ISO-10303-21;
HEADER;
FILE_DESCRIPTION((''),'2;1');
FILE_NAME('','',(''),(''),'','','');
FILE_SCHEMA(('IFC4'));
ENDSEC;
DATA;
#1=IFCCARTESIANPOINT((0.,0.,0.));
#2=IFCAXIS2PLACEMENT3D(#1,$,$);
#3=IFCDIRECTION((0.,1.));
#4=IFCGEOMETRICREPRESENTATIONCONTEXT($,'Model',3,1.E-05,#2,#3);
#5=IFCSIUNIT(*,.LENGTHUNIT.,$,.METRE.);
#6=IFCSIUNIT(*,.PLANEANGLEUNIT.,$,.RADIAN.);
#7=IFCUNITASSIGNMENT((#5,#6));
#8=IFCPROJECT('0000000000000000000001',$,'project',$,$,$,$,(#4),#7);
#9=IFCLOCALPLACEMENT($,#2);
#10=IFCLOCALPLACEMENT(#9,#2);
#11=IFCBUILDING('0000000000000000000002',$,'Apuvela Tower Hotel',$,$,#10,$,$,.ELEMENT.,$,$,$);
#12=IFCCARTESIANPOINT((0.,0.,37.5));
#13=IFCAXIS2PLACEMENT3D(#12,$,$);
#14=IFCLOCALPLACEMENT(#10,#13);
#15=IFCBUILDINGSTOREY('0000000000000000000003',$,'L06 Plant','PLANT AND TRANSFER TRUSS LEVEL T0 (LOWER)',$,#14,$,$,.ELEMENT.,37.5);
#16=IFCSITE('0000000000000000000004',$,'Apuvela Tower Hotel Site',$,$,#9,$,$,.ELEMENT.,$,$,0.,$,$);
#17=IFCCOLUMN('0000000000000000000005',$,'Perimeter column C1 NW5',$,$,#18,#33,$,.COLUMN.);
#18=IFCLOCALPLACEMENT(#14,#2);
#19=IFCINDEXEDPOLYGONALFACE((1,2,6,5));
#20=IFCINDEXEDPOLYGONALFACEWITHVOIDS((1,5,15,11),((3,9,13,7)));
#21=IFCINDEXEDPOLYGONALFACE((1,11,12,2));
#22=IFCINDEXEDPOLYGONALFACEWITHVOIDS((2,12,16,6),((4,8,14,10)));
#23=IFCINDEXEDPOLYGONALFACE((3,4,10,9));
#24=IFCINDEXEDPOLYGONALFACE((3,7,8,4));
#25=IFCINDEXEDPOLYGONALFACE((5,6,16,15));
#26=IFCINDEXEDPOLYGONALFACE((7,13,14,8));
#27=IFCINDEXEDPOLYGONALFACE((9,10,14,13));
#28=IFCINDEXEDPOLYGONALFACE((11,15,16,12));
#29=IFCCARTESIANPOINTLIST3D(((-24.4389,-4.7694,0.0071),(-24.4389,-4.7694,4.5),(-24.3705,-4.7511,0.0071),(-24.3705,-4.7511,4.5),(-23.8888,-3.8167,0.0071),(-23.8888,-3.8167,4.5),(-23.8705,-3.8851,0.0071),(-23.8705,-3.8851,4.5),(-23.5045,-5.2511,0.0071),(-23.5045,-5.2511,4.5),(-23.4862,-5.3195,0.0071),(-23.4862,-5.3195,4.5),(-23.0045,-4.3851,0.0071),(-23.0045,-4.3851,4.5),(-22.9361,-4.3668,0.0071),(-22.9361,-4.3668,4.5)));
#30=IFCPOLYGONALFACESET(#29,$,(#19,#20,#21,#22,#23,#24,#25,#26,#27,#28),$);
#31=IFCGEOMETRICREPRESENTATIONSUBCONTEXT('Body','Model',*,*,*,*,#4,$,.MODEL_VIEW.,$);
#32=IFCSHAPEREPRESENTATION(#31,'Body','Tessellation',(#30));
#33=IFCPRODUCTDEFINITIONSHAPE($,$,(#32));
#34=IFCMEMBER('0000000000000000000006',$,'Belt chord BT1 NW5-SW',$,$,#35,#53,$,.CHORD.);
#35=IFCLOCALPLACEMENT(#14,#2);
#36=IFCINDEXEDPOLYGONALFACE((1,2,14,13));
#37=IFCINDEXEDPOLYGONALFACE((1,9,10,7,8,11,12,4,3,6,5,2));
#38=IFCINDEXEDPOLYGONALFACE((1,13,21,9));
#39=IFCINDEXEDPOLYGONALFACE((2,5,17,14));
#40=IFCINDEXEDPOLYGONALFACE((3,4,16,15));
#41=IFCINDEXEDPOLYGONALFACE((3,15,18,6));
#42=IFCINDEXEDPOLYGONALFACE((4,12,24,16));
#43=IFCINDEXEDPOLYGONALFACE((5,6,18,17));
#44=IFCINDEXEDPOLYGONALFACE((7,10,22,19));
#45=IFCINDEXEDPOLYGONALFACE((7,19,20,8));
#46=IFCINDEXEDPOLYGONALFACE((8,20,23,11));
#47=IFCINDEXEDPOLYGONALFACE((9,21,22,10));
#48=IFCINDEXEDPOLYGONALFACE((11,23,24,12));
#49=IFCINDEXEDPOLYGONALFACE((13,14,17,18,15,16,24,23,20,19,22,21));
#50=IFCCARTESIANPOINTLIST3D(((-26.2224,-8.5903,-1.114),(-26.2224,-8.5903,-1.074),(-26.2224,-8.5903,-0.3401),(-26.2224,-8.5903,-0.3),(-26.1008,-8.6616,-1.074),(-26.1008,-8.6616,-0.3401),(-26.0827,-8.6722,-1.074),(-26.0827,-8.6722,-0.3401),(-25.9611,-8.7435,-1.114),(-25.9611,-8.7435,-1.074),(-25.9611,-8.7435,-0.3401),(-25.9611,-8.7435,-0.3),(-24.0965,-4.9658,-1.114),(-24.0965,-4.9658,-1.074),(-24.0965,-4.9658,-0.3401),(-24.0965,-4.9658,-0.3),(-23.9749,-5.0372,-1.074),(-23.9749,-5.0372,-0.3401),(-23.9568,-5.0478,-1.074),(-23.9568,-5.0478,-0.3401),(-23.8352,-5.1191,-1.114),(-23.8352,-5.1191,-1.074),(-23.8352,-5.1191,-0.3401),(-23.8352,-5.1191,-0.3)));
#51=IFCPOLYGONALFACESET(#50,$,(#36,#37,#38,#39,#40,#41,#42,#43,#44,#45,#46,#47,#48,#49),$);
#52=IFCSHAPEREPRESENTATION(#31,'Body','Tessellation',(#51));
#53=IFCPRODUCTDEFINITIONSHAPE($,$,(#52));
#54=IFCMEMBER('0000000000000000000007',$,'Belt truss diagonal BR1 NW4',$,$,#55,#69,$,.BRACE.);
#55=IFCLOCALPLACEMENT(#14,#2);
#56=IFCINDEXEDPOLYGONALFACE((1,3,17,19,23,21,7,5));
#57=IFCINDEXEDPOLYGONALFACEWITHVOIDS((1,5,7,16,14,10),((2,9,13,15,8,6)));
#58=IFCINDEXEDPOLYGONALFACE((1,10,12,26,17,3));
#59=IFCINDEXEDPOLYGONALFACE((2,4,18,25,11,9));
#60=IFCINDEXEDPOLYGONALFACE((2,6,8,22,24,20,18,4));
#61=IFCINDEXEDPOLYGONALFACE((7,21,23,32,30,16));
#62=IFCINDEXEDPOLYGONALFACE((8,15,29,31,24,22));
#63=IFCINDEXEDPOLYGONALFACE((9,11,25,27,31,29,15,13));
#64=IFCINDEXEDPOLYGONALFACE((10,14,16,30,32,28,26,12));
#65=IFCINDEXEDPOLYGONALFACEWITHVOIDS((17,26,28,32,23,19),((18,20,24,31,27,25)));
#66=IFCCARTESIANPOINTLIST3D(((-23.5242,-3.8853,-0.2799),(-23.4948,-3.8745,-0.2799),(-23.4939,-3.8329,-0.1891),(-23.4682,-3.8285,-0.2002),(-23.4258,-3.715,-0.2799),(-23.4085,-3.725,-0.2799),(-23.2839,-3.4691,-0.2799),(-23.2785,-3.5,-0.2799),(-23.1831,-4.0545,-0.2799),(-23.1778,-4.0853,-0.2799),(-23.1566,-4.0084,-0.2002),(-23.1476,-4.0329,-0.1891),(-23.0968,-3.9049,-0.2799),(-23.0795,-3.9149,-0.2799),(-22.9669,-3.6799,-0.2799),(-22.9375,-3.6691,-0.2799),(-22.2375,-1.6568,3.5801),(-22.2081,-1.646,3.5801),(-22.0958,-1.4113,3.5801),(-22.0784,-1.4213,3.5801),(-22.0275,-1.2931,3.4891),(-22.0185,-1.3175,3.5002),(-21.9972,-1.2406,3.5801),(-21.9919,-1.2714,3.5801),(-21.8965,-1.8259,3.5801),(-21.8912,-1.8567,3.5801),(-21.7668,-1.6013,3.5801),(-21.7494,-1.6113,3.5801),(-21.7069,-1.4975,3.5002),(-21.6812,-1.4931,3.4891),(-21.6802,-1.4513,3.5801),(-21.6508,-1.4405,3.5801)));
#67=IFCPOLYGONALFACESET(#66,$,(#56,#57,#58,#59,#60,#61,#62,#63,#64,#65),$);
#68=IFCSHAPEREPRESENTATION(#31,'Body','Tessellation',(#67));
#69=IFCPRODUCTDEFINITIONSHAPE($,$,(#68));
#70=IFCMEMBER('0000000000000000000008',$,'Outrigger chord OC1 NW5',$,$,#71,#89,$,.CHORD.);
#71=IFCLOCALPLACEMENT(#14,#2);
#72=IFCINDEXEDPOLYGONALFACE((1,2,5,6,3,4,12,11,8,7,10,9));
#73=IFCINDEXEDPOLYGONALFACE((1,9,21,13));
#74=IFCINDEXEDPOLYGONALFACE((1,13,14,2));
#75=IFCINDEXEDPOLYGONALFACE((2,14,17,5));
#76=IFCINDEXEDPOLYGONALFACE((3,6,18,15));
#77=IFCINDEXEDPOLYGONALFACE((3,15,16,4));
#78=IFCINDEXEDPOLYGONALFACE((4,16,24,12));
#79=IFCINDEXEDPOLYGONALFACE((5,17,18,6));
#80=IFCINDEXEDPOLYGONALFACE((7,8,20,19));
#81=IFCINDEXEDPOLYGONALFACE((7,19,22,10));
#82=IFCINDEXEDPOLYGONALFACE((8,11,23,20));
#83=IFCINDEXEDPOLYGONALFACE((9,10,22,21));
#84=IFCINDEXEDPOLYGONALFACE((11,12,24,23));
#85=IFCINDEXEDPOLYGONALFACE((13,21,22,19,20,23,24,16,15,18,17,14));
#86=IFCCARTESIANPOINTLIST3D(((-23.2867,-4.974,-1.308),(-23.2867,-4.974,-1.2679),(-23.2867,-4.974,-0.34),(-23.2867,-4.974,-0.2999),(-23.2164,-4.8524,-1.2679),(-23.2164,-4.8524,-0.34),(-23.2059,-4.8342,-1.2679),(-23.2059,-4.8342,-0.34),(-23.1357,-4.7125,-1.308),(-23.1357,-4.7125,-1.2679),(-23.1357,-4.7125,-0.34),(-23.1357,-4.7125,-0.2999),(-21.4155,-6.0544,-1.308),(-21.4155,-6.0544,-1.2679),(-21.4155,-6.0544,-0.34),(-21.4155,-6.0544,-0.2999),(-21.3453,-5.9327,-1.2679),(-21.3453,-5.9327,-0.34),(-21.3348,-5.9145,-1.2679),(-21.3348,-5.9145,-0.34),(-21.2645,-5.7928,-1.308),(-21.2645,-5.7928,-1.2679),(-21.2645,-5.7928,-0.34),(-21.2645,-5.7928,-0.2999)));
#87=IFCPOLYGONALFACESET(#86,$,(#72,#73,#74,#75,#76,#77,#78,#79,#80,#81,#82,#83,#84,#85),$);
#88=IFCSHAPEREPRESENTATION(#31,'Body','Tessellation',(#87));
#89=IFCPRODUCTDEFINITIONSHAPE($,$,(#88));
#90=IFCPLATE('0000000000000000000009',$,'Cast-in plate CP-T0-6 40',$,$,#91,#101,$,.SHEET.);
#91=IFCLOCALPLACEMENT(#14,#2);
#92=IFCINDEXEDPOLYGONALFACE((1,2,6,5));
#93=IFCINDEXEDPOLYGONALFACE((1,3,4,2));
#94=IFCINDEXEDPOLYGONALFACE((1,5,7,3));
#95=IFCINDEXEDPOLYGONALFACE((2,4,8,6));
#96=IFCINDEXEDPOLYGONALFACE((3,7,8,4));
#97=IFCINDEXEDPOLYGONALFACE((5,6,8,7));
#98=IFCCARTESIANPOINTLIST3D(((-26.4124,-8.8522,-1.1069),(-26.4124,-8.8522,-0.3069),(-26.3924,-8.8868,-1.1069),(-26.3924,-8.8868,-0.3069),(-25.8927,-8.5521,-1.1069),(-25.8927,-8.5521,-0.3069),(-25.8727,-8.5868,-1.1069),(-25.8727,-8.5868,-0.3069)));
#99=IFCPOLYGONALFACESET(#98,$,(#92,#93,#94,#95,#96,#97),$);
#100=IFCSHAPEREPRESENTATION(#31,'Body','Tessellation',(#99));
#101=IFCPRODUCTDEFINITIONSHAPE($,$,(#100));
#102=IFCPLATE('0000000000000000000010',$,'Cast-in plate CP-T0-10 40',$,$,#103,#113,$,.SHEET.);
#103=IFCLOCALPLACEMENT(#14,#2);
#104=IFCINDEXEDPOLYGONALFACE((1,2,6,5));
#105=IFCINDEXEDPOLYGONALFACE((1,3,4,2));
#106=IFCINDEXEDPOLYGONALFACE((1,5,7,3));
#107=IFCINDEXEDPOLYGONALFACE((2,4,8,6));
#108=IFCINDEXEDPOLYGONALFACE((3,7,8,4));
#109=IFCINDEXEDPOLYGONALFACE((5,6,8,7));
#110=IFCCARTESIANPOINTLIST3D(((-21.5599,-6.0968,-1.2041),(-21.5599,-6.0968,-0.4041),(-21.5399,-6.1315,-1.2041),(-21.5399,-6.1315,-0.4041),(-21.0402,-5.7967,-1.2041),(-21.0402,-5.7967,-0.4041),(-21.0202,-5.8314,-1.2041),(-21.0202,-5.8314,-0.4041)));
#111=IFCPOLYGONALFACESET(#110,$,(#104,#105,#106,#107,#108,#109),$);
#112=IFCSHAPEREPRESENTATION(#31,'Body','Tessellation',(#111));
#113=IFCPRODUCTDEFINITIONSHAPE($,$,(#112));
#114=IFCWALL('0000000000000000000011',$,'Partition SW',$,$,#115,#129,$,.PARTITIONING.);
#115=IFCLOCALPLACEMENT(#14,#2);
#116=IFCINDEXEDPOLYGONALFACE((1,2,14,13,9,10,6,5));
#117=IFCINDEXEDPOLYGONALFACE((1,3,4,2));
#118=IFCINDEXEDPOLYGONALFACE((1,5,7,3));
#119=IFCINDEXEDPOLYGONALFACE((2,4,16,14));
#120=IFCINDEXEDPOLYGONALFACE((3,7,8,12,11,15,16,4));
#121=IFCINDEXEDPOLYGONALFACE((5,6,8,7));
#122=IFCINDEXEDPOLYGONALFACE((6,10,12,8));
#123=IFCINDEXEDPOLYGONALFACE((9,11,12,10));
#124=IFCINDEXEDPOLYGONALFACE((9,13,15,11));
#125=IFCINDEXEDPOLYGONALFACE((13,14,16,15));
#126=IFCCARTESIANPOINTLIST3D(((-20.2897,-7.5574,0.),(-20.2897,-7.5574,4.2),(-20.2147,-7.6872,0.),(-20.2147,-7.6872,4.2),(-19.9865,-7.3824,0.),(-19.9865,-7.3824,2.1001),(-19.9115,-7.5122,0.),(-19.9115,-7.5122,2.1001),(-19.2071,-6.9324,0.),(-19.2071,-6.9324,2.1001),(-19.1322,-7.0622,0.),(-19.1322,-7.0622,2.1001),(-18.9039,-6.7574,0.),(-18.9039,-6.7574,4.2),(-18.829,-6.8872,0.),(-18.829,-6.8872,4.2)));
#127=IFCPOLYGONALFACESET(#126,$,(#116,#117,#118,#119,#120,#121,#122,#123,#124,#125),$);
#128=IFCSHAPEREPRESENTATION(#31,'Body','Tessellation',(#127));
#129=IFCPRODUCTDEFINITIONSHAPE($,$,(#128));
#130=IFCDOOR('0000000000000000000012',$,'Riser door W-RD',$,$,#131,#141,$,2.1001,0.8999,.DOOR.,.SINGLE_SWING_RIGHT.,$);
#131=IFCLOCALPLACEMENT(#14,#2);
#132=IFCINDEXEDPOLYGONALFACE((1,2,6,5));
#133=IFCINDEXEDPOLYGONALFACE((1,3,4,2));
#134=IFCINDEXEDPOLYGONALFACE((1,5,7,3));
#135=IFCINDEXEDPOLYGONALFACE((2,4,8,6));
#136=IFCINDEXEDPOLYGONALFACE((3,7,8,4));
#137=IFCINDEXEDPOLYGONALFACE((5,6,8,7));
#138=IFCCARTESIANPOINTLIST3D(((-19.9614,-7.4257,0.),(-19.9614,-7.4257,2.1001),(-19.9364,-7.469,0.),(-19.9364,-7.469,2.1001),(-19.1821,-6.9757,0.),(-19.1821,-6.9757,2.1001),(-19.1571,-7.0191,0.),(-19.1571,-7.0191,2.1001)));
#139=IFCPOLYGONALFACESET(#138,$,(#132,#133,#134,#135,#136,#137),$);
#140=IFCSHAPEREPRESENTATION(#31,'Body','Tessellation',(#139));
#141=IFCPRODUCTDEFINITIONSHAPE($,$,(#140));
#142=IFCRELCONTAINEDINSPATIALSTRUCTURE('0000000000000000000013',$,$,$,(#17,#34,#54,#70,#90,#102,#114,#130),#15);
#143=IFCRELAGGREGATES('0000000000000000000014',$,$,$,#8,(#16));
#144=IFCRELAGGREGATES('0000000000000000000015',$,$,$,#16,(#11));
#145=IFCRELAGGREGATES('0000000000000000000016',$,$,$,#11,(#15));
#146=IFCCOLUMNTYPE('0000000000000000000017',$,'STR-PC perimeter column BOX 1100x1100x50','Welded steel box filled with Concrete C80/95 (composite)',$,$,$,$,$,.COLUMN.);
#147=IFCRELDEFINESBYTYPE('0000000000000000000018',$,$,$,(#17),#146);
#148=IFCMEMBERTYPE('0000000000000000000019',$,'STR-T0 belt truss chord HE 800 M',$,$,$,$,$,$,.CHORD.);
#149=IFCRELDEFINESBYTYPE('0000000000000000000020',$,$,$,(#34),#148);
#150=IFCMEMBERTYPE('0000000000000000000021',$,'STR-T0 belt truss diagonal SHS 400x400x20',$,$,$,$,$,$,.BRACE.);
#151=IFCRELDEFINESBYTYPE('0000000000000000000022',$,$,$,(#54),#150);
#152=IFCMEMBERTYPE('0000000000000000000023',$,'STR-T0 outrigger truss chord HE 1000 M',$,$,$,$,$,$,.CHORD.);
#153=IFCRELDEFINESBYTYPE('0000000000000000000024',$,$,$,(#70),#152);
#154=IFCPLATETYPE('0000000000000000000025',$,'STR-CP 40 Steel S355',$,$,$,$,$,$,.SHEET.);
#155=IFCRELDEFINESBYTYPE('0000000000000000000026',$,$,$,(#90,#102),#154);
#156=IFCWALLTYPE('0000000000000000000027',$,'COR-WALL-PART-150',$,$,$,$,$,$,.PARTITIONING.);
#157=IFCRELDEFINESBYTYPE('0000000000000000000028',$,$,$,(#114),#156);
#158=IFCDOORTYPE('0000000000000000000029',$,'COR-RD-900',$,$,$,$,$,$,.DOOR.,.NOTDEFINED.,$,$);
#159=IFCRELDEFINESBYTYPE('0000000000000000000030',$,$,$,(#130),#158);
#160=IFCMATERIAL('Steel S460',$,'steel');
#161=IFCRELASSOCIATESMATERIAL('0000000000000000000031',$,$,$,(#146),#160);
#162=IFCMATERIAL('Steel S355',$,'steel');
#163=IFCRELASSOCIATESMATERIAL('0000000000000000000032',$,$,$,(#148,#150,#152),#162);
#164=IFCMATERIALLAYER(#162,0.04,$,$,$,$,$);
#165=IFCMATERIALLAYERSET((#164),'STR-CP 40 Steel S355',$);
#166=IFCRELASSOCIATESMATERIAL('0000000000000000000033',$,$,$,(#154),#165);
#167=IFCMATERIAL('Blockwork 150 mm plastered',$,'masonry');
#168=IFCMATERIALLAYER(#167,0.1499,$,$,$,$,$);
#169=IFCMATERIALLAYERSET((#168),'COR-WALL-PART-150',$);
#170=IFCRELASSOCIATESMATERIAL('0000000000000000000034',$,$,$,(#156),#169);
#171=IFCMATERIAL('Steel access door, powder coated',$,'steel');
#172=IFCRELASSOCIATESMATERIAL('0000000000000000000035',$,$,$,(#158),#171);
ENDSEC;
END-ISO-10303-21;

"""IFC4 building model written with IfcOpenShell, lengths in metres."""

from ifc_helpers import new_model, si_unit, direction, frame, frame_2d, origin, origin_2d, place, context, subcontext, project, spatial, rectangle, hollow_rectangle, i_section, extrude, boolean, halfspace, material, layer, layer_set, material_profile, profile_set, type_object, element, fill, save


model = new_model("IFC4")

# Units and contexts
model_context = context("Model", 3, precision=1e-05, world=origin(), true_north=direction((0.0, 1.0)))
body_context = subcontext(model_context, "Body", "Model", "MODEL_VIEW")
ifc_project = project(units=[si_unit("LENGTHUNIT", "METRE"), si_unit("PLANEANGLEUNIT", "RADIAN")], contexts=[model_context])

# Site, building, storey
site_placement = place(None, origin())
site = spatial("IfcSite", under=ifc_project, at=site_placement, Name="Apuvela Tower Hotel Site", CompositionType="ELEMENT", RefElevation=0.0)
building_placement = place(site_placement, origin())
building = spatial("IfcBuilding", under=site, at=building_placement, Name="Apuvela Tower Hotel", CompositionType="ELEMENT")
storey_placement = place(building_placement, frame((0.0, 0.0, 37.5)))
storey = spatial("IfcBuildingStorey", under=building, at=storey_placement, Name="L06 Plant", Description="PLANT AND TRANSFER TRUSS LEVEL T0 (LOWER)", CompositionType="ELEMENT", Elevation=37.5)

# Column
ifc_material_1 = material(Name="Steel S460", Category="steel")
ifc_material_profile_1 = material_profile(ifc_material_1, hollow_rectangle(XDim=1.1001, YDim=1.1001, WallThickness=0.05, at=origin_2d()), Name="BOX 1100x1100x50")
ifc_material_2 = material(Name="Concrete C80/95", Category="concrete")
ifc_material_profile_2 = material_profile(ifc_material_2, rectangle(XDim=1.0, YDim=1.0, at=origin_2d()), Name="Concrete C80/95 infill")
ifc_profile_set_1 = profile_set([ifc_material_profile_1, ifc_material_profile_2], Name="Steel S460")
column_type = type_object("IfcColumnType", Name="STR-PC perimeter column BOX 1100x1100x50", Description="Welded steel box filled with Concrete C80/95 (composite)", PredefinedType="COLUMN", material=ifc_profile_set_1)
column_placement = place(storey_placement, frame((-23.6875, -4.5681, 0.0), z_axis=(0.0, 0.0, 1.0), x_axis=(0.5, 0.866025, 0.0)))
element("IfcColumn", 1, at=column_placement, inside=storey, type_object=column_type, Name="Perimeter column C1 NW5", PredefinedType="COLUMN", context=body_context, shape_type="SweptSolid", body=[
    boolean("DIFFERENCE", extrude(hollow_rectangle(XDim=1.1001, YDim=1.1001, WallThickness=0.05, at=origin_2d()), origin(), (0.0, 0.0, 1.0), 4.5), halfspace(frame((0.0, 0.0, 0.0071), z_axis=(0.0, 0.0, 1.0), x_axis=(1.0, 0.0, 0.0)), True)),
])

# Members
ifc_material_3 = material(Name="Steel S355", Category="steel")
ifc_material_profile_3 = material_profile(ifc_material_3, i_section(OverallWidth=0.303, OverallDepth=0.814, WebThickness=0.021, FlangeThickness=0.04, at=origin_2d()), Name="HE 800 M")
ifc_profile_set_2 = profile_set([ifc_material_profile_3], Name="Steel S355")
member_type_1 = type_object("IfcMemberType", Name="STR-T0 belt truss chord HE 800 M", PredefinedType="CHORD", material=ifc_profile_set_2)
member_1_placement = place(storey_placement, frame((-23.9658, -5.0425, -0.707), z_axis=(-0.505943, -0.862567, 0.0), x_axis=(0.862567, -0.505943, 0.0)))
element("IfcMember", 2, at=member_1_placement, inside=storey, type_object=member_type_1, Name="Belt chord BT1 NW5-SW", PredefinedType="CHORD", context=body_context, shape_type="SweptSolid", body=[
    extrude(i_section(OverallWidth=0.303, OverallDepth=0.814, WebThickness=0.021, FlangeThickness=0.04, at=origin_2d()), origin(), (0.0, 0.0, 1.0), 4.2019),
])
ifc_material_profile_4 = material_profile(ifc_material_3, hollow_rectangle(XDim=0.3999, YDim=0.3999, WallThickness=0.02, at=origin_2d()), Name="SHS 400x400x20")
ifc_profile_set_3 = profile_set([ifc_material_profile_4], Name="Steel S355")
member_type_2 = type_object("IfcMemberType", Name="STR-T0 belt truss diagonal SHS 400x400x20", PredefinedType="BRACE", material=ifc_profile_set_3)
member_2_placement = place(storey_placement, frame((-23.2375, -3.7888, -0.3), z_axis=(0.277351, 0.480378, 0.832054), x_axis=(-0.416033, -0.720576, 0.554695)))
solid_1 = boolean("DIFFERENCE", boolean("DIFFERENCE", extrude(hollow_rectangle(XDim=0.3999, YDim=0.3999, WallThickness=0.02, at=origin_2d()), frame((0.0, 0.0, -0.2534)), (0.0, 0.0, 1.0), 5.1941), halfspace(frame((0.0, 0.0, 0.0242), z_axis=(0.554695, 0.0, 0.832054), x_axis=(0.832054, 0.0, -0.554695)), True)), halfspace(frame((0.0, 0.0, 4.6633), z_axis=(0.554695, 0.0, 0.832054), x_axis=(0.832054, 0.0, -0.554695)), False))
element("IfcMember", 3, at=member_2_placement, inside=storey, type_object=member_type_2, Name="Belt truss diagonal BR1 NW4", PredefinedType="BRACE", context=body_context, shape_type="SweptSolid", body=[
    boolean("UNION", boolean("DIFFERENCE", boolean("DIFFERENCE", extrude(hollow_rectangle(XDim=0.3999, YDim=0.3999, WallThickness=0.02, at=origin_2d()), origin(), (0.0, 0.0, 1.0), 4.6873), halfspace(frame((0.0, 0.0, 0.0242), z_axis=(0.554695, 0.0, 0.832054), x_axis=(0.832054, 0.0, -0.554695)), True)), halfspace(frame((0.0, 0.0, 4.6633), z_axis=(0.554695, 0.0, 0.832054), x_axis=(0.832054, 0.0, -0.554695)), False)), solid_1),
])
ifc_material_profile_5 = material_profile(ifc_material_3, i_section(OverallWidth=0.302, OverallDepth=1.0081, WebThickness=0.021, FlangeThickness=0.04, at=origin_2d()), Name="HE 1000 M")
ifc_profile_set_4 = profile_set([ifc_material_profile_5], Name="Steel S355")
member_type_3 = type_object("IfcMemberType", Name="STR-T0 outrigger truss chord HE 1000 M", PredefinedType="CHORD", material=ifc_profile_set_4)
member_3_placement = place(storey_placement, frame((-23.2112, -4.8433, -0.804), z_axis=(0.866016, -0.500016, 0.0), x_axis=(0.500016, 0.866016, 0.0)))
element("IfcMember", 4, at=member_3_placement, inside=storey, type_object=member_type_3, Name="Outrigger chord OC1 NW5", PredefinedType="CHORD", context=body_context, shape_type="SweptSolid", body=[
    extrude(i_section(OverallWidth=0.302, OverallDepth=1.0081, WebThickness=0.021, FlangeThickness=0.04, at=origin_2d()), origin(), (0.0, 0.0, 1.0), 2.1606),
])

# Plates
ifc_layer_1 = layer(ifc_material_3, 0.04)
ifc_layer_set_1 = layer_set([ifc_layer_1], Name="STR-CP 40 Steel S355")
plate_type = type_object("IfcPlateType", Name="STR-CP 40 Steel S355", PredefinedType="SHEET", material=ifc_layer_set_1)
for number, where, z_axis, x_axis, name in (
    (5, (-26.1426, -8.7195, -1.1069), (0.0, 0.0, 1.0), (-0.5, 0.866025, 0.0), "Cast-in plate CP-T0-6 40"),
    (6, (-21.29, -5.9641, -1.2041), (0.0, 0.0, 1.0), (0.5, -0.866025, 0.0), "Cast-in plate CP-T0-10 40"),
):
    element("IfcPlate", number, at=place(storey_placement, frame(where, z_axis=z_axis, x_axis=x_axis)), inside=storey, type_object=plate_type, Name=name, PredefinedType="SHEET", context=body_context, shape_type="SweptSolid", body=[
        extrude(rectangle(XDim=0.04, YDim=0.6001, at=origin_2d()), origin(), (0.0, 0.0, 1.0), 0.8),
    ])

# Wall, opening, door
ifc_material_4 = material(Name="Blockwork 150 mm plastered", Category="masonry")
ifc_layer_2 = layer(ifc_material_4, 0.1499)
ifc_layer_set_2 = layer_set([ifc_layer_2], Name="COR-WALL-PART-150")
wall_type_1 = type_object("IfcWallType", Name="COR-WALL-PART-150", PredefinedType="PARTITIONING", material=ifc_layer_set_2)
wall_1_placement = place(storey_placement, frame((-18.8665, -6.8223, 0.0), z_axis=(0.0, 0.0, 1.0), x_axis=(-0.866028, -0.499995, 0.0)))
wall_1 = element("IfcWall", 7, at=wall_1_placement, inside=storey, type_object=wall_type_1, Name="Partition SW", PredefinedType="PARTITIONING", context=body_context, shape_type="SweptSolid", body=[
    extrude(rectangle(XDim=1.6001, YDim=0.1499, at=frame_2d((0.8, 0.0))), origin(), (0.0, 0.0, 1.0), 4.2),
])
opening_1_placement = place(wall_1_placement, frame((0.3501, 0.0, 0.0)))
opening_1 = element("IfcOpeningElement", 8, at=opening_1_placement, cuts=wall_1, PredefinedType="OPENING", context=body_context, shape_type="SweptSolid", body=[
    extrude(rectangle(XDim=0.8999, YDim=2.1001, at=frame_2d((0.45, 1.05))), frame((0.0, 0.085, 0.0), z_axis=(0.0, -1.0, 0.0), x_axis=(1.0, 0.0, 0.0)), (0.0, 0.0, 1.0), 0.1699),
])
ifc_material_5 = material(Name="Steel access door, powder coated", Category="steel")
door_type_1 = type_object("IfcDoorType", Name="COR-RD-900", OperationType="NOTDEFINED", PredefinedType="DOOR", material=ifc_material_5)
door_1_placement = place(opening_1_placement, frame((0.8999, 0.0, 0.0), z_axis=(0.0, 0.0, 1.0), x_axis=(-1.0, 0.0, 0.0)))
door_1 = element("IfcDoor", 9, at=door_1_placement, inside=storey, type_object=door_type_1, Name="Riser door W-RD", OperationType="SINGLE_SWING_RIGHT", OverallHeight=2.1001, OverallWidth=0.8999, PredefinedType="DOOR", context=body_context, shape_type="SweptSolid", body=[
    extrude(rectangle(XDim=0.8999, YDim=2.1001, at=frame_2d((0.45, 1.05))), frame((0.0, 0.0249, 0.0), z_axis=(0.0, -1.0, 0.0), x_axis=(1.0, 0.0, 0.0)), (0.0, 0.0, 1.0), 0.05),
])
fill(opening_1, door_1)

save(model, "model.ifc")
